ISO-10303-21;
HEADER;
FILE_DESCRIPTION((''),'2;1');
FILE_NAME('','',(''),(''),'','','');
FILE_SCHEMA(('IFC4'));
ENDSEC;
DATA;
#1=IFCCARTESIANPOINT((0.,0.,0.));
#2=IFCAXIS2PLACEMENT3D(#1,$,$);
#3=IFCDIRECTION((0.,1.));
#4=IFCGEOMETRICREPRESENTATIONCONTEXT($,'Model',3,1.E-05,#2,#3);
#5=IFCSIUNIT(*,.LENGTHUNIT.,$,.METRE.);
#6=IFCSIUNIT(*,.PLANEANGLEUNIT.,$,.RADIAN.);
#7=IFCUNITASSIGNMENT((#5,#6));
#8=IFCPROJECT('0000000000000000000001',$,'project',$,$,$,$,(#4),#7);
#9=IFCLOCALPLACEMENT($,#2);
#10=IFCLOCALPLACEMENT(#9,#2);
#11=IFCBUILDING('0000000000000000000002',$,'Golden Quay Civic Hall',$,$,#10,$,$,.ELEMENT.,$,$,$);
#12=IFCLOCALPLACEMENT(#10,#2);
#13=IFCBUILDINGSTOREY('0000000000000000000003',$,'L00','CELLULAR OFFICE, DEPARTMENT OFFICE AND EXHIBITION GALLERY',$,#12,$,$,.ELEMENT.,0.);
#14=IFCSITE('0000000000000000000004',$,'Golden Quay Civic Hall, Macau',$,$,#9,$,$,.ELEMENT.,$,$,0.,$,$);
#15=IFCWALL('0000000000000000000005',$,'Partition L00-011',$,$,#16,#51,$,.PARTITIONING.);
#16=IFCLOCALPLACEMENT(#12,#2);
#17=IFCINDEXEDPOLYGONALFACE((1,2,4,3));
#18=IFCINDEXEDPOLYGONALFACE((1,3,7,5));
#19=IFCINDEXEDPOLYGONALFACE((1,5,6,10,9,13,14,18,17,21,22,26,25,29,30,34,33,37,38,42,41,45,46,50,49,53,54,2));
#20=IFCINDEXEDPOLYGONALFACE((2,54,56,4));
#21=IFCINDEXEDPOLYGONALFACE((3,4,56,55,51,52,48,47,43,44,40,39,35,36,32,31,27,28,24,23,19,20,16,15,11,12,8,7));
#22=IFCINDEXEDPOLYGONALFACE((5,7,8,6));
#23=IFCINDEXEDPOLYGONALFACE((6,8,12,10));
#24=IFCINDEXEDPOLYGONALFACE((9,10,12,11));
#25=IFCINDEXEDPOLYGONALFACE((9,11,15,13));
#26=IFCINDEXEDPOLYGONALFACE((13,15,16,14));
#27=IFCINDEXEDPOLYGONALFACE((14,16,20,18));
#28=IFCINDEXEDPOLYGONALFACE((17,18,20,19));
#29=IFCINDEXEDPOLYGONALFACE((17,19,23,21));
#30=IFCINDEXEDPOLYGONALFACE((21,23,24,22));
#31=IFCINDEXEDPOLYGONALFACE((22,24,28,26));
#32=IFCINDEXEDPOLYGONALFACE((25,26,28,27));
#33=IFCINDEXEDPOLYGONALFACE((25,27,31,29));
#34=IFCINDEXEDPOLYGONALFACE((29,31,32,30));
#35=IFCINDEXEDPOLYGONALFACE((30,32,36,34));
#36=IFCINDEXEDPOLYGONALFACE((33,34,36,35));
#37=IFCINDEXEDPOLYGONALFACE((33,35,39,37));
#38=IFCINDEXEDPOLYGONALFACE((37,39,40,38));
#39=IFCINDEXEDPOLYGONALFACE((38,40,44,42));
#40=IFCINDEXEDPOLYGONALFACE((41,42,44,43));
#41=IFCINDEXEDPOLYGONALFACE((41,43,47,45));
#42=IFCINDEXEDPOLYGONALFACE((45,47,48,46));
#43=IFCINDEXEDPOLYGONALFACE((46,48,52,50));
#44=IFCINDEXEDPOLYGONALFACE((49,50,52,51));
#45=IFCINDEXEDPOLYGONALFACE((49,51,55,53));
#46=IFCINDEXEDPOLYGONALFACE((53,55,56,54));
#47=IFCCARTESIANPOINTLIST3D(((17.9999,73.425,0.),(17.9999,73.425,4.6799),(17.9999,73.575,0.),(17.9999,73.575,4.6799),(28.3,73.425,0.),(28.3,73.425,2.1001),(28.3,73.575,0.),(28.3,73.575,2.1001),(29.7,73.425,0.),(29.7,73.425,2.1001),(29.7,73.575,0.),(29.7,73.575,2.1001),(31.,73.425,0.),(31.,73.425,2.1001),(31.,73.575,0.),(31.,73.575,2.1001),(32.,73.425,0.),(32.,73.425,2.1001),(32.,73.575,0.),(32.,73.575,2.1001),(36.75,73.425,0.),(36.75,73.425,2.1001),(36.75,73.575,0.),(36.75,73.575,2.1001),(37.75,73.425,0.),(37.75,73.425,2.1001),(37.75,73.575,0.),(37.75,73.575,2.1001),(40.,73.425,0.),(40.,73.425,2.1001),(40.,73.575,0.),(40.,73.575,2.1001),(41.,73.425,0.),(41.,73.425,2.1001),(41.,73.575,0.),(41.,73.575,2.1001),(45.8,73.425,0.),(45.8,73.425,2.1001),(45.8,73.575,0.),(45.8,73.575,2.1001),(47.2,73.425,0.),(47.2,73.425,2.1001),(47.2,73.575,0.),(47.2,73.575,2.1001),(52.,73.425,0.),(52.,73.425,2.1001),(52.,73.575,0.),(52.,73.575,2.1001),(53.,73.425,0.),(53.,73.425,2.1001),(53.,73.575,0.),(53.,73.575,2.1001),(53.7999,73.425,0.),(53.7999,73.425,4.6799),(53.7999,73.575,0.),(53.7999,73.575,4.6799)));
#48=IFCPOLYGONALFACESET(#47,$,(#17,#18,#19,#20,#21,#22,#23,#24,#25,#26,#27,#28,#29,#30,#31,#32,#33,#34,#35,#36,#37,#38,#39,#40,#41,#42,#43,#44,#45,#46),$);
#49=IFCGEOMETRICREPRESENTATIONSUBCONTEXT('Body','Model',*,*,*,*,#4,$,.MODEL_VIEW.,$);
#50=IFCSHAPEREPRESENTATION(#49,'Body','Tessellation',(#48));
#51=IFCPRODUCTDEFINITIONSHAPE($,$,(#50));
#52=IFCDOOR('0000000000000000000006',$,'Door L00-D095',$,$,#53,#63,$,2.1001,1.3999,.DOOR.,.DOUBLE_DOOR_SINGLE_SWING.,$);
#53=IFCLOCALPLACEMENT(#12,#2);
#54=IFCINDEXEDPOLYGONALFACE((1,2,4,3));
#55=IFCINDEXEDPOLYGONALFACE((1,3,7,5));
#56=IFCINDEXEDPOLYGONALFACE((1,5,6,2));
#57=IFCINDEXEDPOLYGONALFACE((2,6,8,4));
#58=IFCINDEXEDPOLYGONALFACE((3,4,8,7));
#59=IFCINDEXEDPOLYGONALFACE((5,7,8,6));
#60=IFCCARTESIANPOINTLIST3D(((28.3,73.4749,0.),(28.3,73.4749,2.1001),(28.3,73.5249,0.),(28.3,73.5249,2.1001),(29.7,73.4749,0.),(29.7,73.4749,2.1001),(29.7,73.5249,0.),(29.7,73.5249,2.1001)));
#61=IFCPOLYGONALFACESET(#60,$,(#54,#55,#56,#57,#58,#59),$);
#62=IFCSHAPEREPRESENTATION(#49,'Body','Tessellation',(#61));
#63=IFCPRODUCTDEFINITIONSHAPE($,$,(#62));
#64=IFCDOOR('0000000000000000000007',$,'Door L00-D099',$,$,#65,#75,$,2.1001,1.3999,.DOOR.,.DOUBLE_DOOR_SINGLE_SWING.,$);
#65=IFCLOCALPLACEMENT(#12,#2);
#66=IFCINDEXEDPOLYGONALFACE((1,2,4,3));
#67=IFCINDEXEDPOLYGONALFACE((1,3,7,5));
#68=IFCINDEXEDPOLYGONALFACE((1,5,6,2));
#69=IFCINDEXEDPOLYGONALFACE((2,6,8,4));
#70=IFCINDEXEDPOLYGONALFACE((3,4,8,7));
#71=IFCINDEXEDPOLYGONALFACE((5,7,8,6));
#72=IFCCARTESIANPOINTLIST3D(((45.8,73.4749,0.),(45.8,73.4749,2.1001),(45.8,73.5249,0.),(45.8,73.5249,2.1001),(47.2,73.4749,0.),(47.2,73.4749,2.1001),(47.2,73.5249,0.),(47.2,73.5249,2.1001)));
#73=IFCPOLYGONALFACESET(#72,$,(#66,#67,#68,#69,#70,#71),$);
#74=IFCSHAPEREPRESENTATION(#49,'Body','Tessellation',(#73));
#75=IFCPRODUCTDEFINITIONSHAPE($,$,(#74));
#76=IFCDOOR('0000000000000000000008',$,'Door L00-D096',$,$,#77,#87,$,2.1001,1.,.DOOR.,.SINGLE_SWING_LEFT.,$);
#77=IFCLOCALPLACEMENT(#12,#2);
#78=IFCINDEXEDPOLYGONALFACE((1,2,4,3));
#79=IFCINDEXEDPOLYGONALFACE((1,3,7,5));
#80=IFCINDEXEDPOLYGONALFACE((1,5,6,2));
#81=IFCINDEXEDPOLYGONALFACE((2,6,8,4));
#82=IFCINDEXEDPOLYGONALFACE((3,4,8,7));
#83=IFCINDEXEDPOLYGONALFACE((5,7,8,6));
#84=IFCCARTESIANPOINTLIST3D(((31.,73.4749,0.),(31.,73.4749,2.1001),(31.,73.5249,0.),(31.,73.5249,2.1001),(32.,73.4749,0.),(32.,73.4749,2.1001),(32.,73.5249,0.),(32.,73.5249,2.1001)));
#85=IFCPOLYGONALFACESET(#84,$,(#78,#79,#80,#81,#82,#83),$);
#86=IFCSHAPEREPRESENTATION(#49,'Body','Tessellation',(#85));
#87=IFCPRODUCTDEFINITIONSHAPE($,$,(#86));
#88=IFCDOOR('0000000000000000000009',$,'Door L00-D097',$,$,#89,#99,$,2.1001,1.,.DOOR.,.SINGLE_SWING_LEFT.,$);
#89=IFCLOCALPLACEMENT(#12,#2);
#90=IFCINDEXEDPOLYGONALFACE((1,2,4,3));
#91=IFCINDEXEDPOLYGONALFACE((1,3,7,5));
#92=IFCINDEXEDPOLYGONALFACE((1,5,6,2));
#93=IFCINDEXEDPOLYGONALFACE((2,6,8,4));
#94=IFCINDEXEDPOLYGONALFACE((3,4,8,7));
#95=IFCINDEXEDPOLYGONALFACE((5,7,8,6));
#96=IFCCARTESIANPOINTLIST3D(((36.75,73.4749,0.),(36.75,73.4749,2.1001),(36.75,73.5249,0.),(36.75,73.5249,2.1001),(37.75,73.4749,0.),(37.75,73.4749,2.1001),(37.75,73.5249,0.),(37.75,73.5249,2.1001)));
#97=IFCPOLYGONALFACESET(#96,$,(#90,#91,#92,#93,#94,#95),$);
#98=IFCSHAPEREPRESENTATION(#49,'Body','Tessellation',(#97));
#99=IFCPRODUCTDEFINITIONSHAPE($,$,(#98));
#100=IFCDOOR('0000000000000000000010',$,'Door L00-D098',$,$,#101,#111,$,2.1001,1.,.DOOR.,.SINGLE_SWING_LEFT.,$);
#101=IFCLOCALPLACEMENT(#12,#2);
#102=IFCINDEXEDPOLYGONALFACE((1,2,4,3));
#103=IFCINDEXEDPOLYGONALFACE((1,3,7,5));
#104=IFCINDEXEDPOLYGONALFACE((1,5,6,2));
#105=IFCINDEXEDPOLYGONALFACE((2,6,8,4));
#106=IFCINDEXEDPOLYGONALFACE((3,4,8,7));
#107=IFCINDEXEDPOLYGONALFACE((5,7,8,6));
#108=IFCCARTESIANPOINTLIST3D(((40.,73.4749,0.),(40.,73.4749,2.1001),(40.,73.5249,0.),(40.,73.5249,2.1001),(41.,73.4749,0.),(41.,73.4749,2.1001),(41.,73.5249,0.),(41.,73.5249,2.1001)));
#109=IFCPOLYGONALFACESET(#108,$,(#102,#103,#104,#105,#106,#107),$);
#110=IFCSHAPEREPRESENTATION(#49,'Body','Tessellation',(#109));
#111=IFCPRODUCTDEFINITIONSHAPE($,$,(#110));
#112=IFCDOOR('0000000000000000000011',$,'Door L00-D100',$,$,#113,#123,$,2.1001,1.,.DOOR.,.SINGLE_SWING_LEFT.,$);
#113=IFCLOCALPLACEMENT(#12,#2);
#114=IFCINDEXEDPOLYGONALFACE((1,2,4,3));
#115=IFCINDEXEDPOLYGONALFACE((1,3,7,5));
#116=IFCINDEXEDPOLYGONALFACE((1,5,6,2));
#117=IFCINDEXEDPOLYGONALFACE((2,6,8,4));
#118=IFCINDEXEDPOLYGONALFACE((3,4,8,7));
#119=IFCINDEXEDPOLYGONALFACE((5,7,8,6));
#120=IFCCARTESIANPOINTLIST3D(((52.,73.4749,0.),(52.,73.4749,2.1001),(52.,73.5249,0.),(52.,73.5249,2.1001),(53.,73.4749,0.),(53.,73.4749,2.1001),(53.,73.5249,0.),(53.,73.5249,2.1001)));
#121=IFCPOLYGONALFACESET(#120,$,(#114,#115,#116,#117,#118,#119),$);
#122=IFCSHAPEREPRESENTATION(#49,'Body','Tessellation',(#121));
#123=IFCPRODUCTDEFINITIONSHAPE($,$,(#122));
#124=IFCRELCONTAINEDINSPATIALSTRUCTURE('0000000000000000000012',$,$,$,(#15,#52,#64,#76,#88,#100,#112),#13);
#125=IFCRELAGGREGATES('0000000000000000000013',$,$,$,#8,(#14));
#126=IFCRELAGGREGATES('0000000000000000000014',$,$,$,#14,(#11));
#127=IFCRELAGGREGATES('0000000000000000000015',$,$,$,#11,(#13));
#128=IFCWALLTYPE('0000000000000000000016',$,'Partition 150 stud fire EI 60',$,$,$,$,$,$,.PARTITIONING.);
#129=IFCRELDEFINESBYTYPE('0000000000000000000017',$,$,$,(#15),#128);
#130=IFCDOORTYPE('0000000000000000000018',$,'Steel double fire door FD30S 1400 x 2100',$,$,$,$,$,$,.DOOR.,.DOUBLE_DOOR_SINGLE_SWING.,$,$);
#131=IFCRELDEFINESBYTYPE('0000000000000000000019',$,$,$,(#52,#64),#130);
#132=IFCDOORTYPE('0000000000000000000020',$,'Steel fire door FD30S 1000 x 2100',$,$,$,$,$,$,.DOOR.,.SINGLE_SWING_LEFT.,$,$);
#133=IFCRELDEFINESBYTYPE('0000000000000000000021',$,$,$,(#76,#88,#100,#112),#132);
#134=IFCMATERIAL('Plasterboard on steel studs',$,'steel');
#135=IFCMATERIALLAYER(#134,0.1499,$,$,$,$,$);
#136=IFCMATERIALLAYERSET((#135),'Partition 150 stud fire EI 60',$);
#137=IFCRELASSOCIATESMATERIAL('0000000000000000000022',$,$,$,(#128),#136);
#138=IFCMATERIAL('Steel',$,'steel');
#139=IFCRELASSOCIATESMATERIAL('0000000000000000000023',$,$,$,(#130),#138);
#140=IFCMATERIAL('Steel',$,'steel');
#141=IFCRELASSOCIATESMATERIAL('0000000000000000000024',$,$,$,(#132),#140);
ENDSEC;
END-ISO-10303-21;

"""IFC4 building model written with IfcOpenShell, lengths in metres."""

from ifc_helpers import new_model, si_unit, direction, frame, frame_2d, origin, place, context, subcontext, project, spatial, rectangle, extrude, material, layer, layer_set, type_object, element, fill, save


model = new_model("IFC4")

# Units and contexts
model_context = context("Model", 3, precision=1e-05, world=origin(), true_north=direction((0.0, 1.0)))
body_context = subcontext(model_context, "Body", "Model", "MODEL_VIEW")
ifc_project = project(units=[si_unit("LENGTHUNIT", "METRE"), si_unit("PLANEANGLEUNIT", "RADIAN")], contexts=[model_context])

# Site, building, storey
site_placement = place(None, origin())
site = spatial("IfcSite", under=ifc_project, at=site_placement, Name="Golden Quay Civic Hall, Macau", CompositionType="ELEMENT", RefElevation=0.0)
building_placement = place(site_placement, origin())
building = spatial("IfcBuilding", under=site, at=building_placement, Name="Golden Quay Civic Hall", CompositionType="ELEMENT")
storey_placement = place(building_placement, origin())
storey = spatial("IfcBuildingStorey", under=building, at=storey_placement, Name="L00", Description="CELLULAR OFFICE, DEPARTMENT OFFICE AND EXHIBITION GALLERY", CompositionType="ELEMENT", Elevation=0.0)

# Wall, openings, doors
ifc_material_1 = material(Name="Plasterboard on steel studs", Category="steel")
ifc_layer = layer(ifc_material_1, 0.1499)
ifc_layer_set = layer_set([ifc_layer], Name="Partition 150 stud fire EI 60")
wall_type = type_object("IfcWallType", Name="Partition 150 stud fire EI 60", PredefinedType="PARTITIONING", material=ifc_layer_set)
ifc_material_2 = material(Name="Steel", Category="steel")
door_type_1 = type_object("IfcDoorType", Name="Steel double fire door FD30S 1400 x 2100", OperationType="DOUBLE_DOOR_SINGLE_SWING", PredefinedType="DOOR", material=ifc_material_2)
ifc_material_3 = material(Name="Steel", Category="steel")
door_type_2 = type_object("IfcDoorType", Name="Steel fire door FD30S 1000 x 2100", OperationType="SINGLE_SWING_LEFT", PredefinedType="DOOR", material=ifc_material_3)
wall_1_placement = place(storey_placement, frame((18.0, 73.5, 0.0), z_axis=(0.0, 0.0, 1.0), x_axis=(1.0, 0.0, 0.0)))
wall_1 = element("IfcWall", 1, at=wall_1_placement, inside=storey, type_object=wall_type, Name="Partition L00-011", PredefinedType="PARTITIONING", context=body_context, shape_type="SweptSolid", body=[
    extrude(rectangle(XDim=35.8, YDim=0.1499, at=frame_2d((17.8999, 0.0))), origin(), (0.0, 0.0, 1.0), 4.6799),
])
opening_1_placement = place(wall_1_placement, frame((10.3, 0.0, 0.0)))
opening_1 = element("IfcOpeningElement", 2, at=opening_1_placement, cuts=wall_1, PredefinedType="OPENING", context=body_context, shape_type="SweptSolid", body=[
    extrude(rectangle(XDim=1.3999, YDim=2.1001, at=frame_2d((0.7, 1.05))), frame((0.0, 0.085, 0.0), z_axis=(0.0, -1.0, 0.0), x_axis=(1.0, 0.0, 0.0)), (0.0, 0.0, 1.0), 0.1699),
])
opening_2_placement = place(wall_1_placement, frame((13.0, 0.0, 0.0)))
opening_2 = element("IfcOpeningElement", 3, at=opening_2_placement, cuts=wall_1, PredefinedType="OPENING", context=body_context, shape_type="SweptSolid", body=[
    extrude(rectangle(XDim=1.0, YDim=2.1001, at=frame_2d((0.5, 1.05))), frame((0.0, 0.085, 0.0), z_axis=(0.0, -1.0, 0.0), x_axis=(1.0, 0.0, 0.0)), (0.0, 0.0, 1.0), 0.1699),
])
opening_3_placement = place(wall_1_placement, frame((18.75, 0.0, 0.0)))
opening_3 = element("IfcOpeningElement", 4, at=opening_3_placement, cuts=wall_1, PredefinedType="OPENING", context=body_context, shape_type="SweptSolid", body=[
    extrude(rectangle(XDim=1.0, YDim=2.1001, at=frame_2d((0.5, 1.05))), frame((0.0, 0.085, 0.0), z_axis=(0.0, -1.0, 0.0), x_axis=(1.0, 0.0, 0.0)), (0.0, 0.0, 1.0), 0.1699),
])
opening_4_placement = place(wall_1_placement, frame((22.0, 0.0, 0.0)))
opening_4 = element("IfcOpeningElement", 5, at=opening_4_placement, cuts=wall_1, PredefinedType="OPENING", context=body_context, shape_type="SweptSolid", body=[
    extrude(rectangle(XDim=1.0, YDim=2.1001, at=frame_2d((0.5, 1.05))), frame((0.0, 0.085, 0.0), z_axis=(0.0, -1.0, 0.0), x_axis=(1.0, 0.0, 0.0)), (0.0, 0.0, 1.0), 0.1699),
])
opening_5_placement = place(wall_1_placement, frame((27.8, 0.0, 0.0)))
opening_5 = element("IfcOpeningElement", 6, at=opening_5_placement, cuts=wall_1, PredefinedType="OPENING", context=body_context, shape_type="SweptSolid", body=[
    extrude(rectangle(XDim=1.3999, YDim=2.1001, at=frame_2d((0.7, 1.05))), frame((0.0, 0.085, 0.0), z_axis=(0.0, -1.0, 0.0), x_axis=(1.0, 0.0, 0.0)), (0.0, 0.0, 1.0), 0.1699),
])
opening_6_placement = place(wall_1_placement, frame((34.0, 0.0, 0.0)))
opening_6 = element("IfcOpeningElement", 7, at=opening_6_placement, cuts=wall_1, PredefinedType="OPENING", context=body_context, shape_type="SweptSolid", body=[
    extrude(rectangle(XDim=1.0, YDim=2.1001, at=frame_2d((0.5, 1.05))), frame((0.0, 0.085, 0.0), z_axis=(0.0, -1.0, 0.0), x_axis=(1.0, 0.0, 0.0)), (0.0, 0.0, 1.0), 0.1699),
])
door_1_placement = place(opening_1_placement, origin())
door_1 = element("IfcDoor", 8, at=door_1_placement, inside=storey, type_object=door_type_1, Name="Door L00-D095", OperationType="DOUBLE_DOOR_SINGLE_SWING", OverallHeight=2.1001, OverallWidth=1.3999, PredefinedType="DOOR", context=body_context, shape_type="SweptSolid", body=[
    extrude(rectangle(XDim=1.3999, YDim=2.1001, at=frame_2d((0.7, 1.05))), frame((0.0, 0.0249, 0.0), z_axis=(0.0, -1.0, 0.0), x_axis=(1.0, 0.0, 0.0)), (0.0, 0.0, 1.0), 0.05),
])
fill(opening_1, door_1)
door_2_placement = place(opening_5_placement, origin())
door_2 = element("IfcDoor", 9, at=door_2_placement, inside=storey, type_object=door_type_1, Name="Door L00-D099", OperationType="DOUBLE_DOOR_SINGLE_SWING", OverallHeight=2.1001, OverallWidth=1.3999, PredefinedType="DOOR", context=body_context, shape_type="SweptSolid", body=[
    extrude(rectangle(XDim=1.3999, YDim=2.1001, at=frame_2d((0.7, 1.05))), frame((0.0, 0.0249, 0.0), z_axis=(0.0, -1.0, 0.0), x_axis=(1.0, 0.0, 0.0)), (0.0, 0.0, 1.0), 0.05),
])
fill(opening_5, door_2)
door_3_placement = place(opening_2_placement, origin())
door_3 = element("IfcDoor", 10, at=door_3_placement, inside=storey, type_object=door_type_2, Name="Door L00-D096", OperationType="SINGLE_SWING_LEFT", OverallHeight=2.1001, OverallWidth=1.0, PredefinedType="DOOR", context=body_context, shape_type="SweptSolid", body=[
    extrude(rectangle(XDim=1.0, YDim=2.1001, at=frame_2d((0.5, 1.05))), frame((0.0, 0.0249, 0.0), z_axis=(0.0, -1.0, 0.0), x_axis=(1.0, 0.0, 0.0)), (0.0, 0.0, 1.0), 0.05),
])
fill(opening_2, door_3)
door_4_placement = place(opening_3_placement, origin())
door_4 = element("IfcDoor", 11, at=door_4_placement, inside=storey, type_object=door_type_2, Name="Door L00-D097", OperationType="SINGLE_SWING_LEFT", OverallHeight=2.1001, OverallWidth=1.0, PredefinedType="DOOR", context=body_context, shape_type="SweptSolid", body=[
    extrude(rectangle(XDim=1.0, YDim=2.1001, at=frame_2d((0.5, 1.05))), frame((0.0, 0.0249, 0.0), z_axis=(0.0, -1.0, 0.0), x_axis=(1.0, 0.0, 0.0)), (0.0, 0.0, 1.0), 0.05),
])
fill(opening_3, door_4)
door_5_placement = place(opening_4_placement, origin())
door_5 = element("IfcDoor", 12, at=door_5_placement, inside=storey, type_object=door_type_2, Name="Door L00-D098", OperationType="SINGLE_SWING_LEFT", OverallHeight=2.1001, OverallWidth=1.0, PredefinedType="DOOR", context=body_context, shape_type="SweptSolid", body=[
    extrude(rectangle(XDim=1.0, YDim=2.1001, at=frame_2d((0.5, 1.05))), frame((0.0, 0.0249, 0.0), z_axis=(0.0, -1.0, 0.0), x_axis=(1.0, 0.0, 0.0)), (0.0, 0.0, 1.0), 0.05),
])
fill(opening_4, door_5)
door_6_placement = place(opening_6_placement, origin())
door_6 = element("IfcDoor", 13, at=door_6_placement, inside=storey, type_object=door_type_2, Name="Door L00-D100", OperationType="SINGLE_SWING_LEFT", OverallHeight=2.1001, OverallWidth=1.0, PredefinedType="DOOR", context=body_context, shape_type="SweptSolid", body=[
    extrude(rectangle(XDim=1.0, YDim=2.1001, at=frame_2d((0.5, 1.05))), frame((0.0, 0.0249, 0.0), z_axis=(0.0, -1.0, 0.0), x_axis=(1.0, 0.0, 0.0)), (0.0, 0.0, 1.0), 0.05),
])
fill(opening_6, door_6)

save(model, "model.ifc")
